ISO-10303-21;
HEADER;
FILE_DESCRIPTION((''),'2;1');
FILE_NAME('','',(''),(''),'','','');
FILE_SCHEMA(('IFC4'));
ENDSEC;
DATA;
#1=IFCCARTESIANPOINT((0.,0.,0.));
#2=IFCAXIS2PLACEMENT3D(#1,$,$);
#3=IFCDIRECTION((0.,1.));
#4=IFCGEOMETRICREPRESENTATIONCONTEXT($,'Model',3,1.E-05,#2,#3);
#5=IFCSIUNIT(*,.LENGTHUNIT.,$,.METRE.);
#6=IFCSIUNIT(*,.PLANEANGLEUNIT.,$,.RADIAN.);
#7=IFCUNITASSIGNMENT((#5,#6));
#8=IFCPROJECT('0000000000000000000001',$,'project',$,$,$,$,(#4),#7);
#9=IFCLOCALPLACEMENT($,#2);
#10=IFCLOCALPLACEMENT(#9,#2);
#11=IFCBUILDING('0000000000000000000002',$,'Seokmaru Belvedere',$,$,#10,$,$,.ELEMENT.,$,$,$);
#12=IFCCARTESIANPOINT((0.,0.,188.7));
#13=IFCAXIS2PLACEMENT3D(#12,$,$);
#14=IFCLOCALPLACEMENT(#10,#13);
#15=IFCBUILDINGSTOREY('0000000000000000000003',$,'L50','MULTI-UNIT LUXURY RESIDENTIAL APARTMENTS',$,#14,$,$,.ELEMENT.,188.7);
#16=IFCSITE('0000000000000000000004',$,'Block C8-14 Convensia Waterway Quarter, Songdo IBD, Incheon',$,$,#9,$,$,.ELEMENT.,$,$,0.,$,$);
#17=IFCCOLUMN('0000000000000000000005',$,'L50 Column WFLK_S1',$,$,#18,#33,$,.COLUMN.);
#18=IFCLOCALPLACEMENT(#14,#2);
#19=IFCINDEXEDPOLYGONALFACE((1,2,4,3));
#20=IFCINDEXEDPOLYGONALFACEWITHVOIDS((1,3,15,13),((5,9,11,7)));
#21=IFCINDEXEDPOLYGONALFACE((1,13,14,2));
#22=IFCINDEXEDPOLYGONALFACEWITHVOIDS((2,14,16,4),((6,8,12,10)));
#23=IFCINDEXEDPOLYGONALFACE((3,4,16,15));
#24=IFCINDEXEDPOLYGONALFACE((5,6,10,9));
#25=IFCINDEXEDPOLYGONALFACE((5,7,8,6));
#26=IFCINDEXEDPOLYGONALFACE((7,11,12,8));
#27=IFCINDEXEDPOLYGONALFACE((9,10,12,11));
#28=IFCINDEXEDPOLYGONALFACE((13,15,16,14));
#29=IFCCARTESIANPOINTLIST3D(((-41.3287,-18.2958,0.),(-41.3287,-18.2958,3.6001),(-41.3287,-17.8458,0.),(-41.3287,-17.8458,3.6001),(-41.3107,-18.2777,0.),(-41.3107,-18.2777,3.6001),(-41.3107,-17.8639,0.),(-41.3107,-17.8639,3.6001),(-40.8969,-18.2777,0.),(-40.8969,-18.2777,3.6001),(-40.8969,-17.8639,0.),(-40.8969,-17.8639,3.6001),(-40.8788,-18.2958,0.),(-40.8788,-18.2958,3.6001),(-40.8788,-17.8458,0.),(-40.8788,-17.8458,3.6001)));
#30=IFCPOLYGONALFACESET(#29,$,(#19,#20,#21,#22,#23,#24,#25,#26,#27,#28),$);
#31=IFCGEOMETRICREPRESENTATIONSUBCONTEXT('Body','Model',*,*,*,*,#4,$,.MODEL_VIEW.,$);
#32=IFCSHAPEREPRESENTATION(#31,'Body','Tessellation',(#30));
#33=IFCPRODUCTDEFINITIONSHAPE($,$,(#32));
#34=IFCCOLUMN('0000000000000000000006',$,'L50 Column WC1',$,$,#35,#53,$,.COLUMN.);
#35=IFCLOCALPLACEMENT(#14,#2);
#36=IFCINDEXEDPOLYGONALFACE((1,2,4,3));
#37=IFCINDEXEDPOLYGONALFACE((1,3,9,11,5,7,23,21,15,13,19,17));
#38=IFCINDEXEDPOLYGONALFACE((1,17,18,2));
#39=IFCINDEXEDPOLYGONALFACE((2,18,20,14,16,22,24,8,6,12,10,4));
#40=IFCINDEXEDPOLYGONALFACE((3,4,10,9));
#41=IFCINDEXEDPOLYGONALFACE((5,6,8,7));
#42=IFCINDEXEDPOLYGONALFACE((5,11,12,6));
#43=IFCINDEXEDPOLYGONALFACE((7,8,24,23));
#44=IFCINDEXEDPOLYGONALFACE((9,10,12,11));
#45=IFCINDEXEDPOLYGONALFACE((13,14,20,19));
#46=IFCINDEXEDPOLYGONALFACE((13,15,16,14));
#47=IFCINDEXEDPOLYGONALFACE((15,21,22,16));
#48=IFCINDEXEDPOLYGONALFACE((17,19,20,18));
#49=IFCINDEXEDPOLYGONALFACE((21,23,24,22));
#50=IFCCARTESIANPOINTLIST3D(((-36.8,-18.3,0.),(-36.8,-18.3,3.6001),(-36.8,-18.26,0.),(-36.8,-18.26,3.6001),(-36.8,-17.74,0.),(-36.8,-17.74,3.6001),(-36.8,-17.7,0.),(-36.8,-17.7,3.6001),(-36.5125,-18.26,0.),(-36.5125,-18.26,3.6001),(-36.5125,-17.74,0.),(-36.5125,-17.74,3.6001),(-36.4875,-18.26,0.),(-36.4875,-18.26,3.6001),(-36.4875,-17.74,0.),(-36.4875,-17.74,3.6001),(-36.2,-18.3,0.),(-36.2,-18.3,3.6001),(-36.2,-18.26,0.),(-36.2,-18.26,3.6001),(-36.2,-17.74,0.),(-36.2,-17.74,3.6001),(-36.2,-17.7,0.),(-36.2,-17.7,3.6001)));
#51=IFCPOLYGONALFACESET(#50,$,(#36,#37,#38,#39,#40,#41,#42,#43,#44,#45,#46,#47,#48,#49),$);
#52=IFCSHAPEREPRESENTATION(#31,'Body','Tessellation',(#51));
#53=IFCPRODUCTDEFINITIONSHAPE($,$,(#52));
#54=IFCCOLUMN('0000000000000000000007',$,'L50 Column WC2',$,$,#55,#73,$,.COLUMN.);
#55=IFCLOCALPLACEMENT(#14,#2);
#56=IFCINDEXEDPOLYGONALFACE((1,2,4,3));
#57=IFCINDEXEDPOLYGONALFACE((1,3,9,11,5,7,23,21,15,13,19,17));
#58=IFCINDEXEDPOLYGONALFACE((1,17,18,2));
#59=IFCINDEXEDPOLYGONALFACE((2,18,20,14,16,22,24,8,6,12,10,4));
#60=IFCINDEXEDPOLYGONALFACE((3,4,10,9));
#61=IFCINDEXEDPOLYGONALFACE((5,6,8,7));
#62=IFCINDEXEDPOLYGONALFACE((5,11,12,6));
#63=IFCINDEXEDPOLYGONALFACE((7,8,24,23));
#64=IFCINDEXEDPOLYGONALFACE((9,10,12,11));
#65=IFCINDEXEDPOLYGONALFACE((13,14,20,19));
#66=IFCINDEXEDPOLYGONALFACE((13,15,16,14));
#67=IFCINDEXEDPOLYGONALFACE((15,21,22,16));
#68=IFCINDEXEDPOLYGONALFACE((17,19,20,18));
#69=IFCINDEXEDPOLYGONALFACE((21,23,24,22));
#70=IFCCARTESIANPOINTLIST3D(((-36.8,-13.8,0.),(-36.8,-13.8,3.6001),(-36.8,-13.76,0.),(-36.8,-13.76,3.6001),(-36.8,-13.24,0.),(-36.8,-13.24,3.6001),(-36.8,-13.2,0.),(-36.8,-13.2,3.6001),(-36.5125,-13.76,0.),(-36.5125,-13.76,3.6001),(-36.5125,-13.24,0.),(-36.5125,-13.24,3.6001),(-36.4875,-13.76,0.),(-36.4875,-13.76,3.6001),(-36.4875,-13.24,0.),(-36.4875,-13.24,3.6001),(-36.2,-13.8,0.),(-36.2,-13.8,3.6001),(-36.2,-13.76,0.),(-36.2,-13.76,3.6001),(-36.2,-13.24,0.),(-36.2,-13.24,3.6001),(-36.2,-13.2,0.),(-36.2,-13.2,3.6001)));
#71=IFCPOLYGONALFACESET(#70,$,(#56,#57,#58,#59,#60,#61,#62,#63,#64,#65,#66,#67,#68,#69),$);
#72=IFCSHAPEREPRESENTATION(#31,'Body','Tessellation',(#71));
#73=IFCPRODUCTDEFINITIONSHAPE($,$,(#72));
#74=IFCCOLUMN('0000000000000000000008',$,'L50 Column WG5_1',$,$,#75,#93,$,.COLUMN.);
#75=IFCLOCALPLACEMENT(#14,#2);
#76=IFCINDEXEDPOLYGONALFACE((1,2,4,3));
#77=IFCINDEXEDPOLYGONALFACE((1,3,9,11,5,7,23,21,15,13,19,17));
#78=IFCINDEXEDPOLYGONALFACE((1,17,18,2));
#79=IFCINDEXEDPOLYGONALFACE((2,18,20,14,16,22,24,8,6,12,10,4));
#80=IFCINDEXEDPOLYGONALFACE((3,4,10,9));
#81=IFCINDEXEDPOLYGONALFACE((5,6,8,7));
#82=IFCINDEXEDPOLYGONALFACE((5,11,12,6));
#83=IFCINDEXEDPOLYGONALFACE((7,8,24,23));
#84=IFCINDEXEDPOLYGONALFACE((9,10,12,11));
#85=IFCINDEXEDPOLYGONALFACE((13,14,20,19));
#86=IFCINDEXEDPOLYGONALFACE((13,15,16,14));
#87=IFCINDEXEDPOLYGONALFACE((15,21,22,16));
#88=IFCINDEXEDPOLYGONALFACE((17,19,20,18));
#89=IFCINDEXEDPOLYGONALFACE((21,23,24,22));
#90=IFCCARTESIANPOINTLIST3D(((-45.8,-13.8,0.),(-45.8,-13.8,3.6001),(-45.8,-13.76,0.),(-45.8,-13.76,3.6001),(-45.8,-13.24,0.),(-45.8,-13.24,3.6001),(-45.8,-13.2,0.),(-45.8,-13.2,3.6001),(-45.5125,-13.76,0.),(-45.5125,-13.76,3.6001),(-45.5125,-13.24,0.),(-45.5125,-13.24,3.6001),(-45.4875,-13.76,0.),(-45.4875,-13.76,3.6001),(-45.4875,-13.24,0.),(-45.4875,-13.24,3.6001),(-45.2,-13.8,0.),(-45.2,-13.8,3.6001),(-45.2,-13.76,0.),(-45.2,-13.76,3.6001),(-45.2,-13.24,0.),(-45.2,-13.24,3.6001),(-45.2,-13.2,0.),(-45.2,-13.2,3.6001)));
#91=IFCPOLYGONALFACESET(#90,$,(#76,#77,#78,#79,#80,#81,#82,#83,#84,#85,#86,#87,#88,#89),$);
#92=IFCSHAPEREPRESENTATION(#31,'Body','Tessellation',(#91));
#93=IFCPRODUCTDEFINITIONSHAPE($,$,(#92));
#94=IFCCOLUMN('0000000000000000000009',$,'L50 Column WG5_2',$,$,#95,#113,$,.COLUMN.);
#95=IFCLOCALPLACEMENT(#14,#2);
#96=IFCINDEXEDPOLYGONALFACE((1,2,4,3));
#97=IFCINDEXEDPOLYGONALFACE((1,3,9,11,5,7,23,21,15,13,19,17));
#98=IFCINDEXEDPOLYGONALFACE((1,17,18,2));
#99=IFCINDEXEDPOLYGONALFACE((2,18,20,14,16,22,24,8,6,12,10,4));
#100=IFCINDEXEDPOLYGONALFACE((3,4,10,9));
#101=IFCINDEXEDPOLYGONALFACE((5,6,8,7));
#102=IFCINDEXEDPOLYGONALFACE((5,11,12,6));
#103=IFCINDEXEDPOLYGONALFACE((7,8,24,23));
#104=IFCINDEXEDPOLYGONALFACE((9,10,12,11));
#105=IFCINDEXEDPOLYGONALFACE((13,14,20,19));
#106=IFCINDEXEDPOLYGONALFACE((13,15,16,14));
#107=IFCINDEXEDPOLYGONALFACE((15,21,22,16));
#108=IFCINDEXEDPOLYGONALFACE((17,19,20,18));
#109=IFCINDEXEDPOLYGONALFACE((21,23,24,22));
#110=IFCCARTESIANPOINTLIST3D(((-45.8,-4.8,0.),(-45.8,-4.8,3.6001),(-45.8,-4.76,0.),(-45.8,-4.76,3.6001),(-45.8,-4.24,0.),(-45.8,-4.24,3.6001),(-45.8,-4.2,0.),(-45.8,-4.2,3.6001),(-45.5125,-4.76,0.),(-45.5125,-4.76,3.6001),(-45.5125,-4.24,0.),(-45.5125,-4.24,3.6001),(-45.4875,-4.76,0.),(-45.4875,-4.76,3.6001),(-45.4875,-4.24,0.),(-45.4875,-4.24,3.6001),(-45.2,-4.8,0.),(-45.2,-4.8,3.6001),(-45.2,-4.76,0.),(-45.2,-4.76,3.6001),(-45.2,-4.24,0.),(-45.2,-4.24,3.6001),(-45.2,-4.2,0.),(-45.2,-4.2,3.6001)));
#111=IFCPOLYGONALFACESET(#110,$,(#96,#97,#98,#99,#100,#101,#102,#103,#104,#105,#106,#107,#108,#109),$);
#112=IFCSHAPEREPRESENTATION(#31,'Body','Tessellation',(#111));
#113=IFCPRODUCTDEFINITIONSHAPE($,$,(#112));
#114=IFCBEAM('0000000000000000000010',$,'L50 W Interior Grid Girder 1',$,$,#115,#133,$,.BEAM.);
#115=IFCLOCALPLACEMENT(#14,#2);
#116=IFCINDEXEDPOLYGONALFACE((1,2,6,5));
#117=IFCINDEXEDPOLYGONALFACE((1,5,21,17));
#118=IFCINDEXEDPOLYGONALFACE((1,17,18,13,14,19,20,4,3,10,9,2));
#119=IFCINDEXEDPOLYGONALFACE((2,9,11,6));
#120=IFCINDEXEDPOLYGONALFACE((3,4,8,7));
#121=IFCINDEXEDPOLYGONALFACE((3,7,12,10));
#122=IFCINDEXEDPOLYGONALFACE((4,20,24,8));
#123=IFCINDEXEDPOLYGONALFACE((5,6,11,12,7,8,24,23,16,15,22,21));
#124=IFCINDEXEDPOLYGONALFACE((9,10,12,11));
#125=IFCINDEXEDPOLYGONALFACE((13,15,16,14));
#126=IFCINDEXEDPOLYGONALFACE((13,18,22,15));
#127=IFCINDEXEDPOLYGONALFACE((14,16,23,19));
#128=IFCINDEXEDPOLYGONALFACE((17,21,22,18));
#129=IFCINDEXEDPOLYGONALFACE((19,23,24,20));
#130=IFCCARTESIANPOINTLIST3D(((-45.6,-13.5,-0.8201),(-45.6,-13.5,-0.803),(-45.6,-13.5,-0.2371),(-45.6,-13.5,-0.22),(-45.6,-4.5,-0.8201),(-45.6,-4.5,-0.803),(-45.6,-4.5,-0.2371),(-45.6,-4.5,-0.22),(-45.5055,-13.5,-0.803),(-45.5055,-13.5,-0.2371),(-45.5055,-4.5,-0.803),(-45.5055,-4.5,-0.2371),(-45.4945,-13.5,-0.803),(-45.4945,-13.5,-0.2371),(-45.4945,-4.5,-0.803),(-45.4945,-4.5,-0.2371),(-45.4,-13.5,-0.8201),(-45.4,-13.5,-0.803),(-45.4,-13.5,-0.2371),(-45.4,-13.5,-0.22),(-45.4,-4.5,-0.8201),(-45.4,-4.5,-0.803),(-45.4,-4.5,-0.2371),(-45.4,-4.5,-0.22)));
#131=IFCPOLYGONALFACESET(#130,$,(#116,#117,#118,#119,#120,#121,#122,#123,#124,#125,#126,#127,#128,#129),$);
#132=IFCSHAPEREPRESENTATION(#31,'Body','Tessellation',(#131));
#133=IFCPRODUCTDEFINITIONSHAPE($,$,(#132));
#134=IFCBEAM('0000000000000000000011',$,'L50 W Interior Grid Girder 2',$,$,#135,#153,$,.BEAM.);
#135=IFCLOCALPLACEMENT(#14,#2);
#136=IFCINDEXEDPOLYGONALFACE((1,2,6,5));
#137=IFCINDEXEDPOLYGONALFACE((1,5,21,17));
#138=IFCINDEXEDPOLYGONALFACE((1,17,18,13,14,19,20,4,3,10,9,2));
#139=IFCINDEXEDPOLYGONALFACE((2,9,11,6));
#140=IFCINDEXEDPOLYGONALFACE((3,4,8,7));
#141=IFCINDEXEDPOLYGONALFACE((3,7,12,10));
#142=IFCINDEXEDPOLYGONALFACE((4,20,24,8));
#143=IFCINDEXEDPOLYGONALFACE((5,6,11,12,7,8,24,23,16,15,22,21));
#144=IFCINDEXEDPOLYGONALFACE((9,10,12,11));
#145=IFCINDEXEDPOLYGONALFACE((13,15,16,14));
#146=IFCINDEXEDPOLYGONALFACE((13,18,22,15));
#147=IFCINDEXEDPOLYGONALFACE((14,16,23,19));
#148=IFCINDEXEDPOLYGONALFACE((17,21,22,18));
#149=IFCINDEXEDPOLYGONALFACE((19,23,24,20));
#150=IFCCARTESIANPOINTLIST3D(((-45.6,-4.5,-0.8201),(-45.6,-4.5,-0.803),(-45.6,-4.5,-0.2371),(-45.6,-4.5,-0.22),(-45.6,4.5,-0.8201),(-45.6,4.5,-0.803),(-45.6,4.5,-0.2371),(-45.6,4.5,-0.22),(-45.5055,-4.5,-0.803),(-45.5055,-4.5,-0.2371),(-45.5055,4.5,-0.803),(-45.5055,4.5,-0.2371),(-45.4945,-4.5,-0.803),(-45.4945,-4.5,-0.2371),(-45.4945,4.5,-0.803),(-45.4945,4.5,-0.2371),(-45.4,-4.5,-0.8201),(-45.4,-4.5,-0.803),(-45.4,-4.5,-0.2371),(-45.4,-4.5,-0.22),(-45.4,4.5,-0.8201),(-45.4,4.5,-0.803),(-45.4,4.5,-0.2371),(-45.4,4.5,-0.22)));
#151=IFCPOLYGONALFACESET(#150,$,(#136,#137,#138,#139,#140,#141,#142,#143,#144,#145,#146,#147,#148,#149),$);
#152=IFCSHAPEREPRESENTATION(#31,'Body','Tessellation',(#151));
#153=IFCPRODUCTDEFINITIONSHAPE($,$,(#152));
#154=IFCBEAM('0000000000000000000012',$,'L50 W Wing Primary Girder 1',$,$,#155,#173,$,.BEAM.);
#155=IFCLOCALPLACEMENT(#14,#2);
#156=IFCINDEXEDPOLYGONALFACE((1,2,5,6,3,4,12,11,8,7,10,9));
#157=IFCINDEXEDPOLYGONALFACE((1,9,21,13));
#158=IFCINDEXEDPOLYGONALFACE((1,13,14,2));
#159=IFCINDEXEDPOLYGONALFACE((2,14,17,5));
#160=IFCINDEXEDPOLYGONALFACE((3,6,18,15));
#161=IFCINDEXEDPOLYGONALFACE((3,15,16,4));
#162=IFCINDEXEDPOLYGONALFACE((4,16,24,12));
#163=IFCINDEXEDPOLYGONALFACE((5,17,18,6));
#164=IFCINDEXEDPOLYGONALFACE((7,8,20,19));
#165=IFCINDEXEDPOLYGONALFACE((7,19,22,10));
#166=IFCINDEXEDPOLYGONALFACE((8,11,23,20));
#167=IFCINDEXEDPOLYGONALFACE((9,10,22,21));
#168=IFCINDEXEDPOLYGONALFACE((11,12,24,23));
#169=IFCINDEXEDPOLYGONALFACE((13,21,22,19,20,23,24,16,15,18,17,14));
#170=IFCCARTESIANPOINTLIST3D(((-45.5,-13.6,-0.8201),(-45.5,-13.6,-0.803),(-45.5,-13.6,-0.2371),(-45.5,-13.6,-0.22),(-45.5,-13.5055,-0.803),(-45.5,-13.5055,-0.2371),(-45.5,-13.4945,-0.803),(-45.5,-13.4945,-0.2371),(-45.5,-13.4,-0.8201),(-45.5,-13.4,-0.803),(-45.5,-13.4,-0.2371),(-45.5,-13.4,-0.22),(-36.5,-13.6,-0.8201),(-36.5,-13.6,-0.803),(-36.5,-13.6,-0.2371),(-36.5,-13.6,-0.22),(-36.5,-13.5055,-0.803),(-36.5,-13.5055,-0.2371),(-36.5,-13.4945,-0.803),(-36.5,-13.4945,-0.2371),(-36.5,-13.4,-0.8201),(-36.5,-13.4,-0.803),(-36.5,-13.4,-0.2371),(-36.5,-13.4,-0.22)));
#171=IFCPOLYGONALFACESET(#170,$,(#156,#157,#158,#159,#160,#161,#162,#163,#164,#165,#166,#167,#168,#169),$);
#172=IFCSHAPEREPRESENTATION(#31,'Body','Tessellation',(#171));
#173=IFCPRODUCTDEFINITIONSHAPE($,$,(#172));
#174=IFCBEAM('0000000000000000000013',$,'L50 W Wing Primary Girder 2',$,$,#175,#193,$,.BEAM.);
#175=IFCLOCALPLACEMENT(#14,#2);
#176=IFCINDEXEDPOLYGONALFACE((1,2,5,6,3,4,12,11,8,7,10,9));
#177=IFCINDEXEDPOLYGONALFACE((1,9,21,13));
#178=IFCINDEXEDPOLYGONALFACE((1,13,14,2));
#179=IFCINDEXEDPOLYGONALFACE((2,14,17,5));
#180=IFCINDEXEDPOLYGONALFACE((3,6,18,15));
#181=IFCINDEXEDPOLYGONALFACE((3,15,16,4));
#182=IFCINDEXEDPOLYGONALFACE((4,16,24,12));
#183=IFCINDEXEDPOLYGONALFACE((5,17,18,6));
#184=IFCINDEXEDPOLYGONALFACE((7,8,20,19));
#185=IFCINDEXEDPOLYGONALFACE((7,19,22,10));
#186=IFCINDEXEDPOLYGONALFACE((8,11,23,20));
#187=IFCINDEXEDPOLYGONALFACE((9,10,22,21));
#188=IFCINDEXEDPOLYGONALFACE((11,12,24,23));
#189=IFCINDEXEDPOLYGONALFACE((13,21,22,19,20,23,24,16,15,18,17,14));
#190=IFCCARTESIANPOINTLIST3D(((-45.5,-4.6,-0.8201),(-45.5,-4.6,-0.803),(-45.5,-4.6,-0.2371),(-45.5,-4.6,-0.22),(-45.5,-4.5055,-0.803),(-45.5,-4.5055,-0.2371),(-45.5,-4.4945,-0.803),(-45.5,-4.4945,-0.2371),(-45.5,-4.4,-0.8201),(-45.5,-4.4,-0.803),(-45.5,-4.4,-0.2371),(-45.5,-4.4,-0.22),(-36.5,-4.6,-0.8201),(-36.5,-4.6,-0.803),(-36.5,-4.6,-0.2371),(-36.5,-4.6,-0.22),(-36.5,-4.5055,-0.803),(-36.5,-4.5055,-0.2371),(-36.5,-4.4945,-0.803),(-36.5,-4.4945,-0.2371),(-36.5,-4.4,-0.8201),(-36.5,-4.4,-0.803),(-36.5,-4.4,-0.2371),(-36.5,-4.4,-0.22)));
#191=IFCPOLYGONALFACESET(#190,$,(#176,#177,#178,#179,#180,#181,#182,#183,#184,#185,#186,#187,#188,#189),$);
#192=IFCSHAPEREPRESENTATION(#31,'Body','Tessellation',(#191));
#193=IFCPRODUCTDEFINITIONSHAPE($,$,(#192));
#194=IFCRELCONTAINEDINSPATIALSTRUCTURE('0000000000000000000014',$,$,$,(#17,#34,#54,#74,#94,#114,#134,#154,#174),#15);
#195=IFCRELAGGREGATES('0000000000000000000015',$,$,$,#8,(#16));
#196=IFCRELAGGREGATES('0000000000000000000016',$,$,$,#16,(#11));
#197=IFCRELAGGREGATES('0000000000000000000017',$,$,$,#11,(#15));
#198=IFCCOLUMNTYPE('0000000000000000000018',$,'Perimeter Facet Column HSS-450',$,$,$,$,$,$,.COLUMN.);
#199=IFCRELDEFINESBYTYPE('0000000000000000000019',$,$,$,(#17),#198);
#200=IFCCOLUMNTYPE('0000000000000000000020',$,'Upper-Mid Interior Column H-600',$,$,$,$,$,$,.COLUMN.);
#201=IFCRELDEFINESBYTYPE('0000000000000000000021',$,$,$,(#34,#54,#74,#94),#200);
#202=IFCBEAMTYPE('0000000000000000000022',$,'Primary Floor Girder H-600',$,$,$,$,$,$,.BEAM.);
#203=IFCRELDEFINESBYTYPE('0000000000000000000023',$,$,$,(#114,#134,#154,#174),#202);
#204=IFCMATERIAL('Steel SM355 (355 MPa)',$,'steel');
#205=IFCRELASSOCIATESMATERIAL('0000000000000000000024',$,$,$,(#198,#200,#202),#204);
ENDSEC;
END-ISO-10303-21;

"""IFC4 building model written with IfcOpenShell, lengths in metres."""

from ifc_helpers import new_model, si_unit, direction, frame, origin, origin_2d, place, context, subcontext, project, spatial, hollow_rectangle, i_section, extrude, source, transform, mapped, material, material_profile, profile_set, type_object, type_shapes, element, save


model = new_model("IFC4")

# Units and contexts
model_context = context("Model", 3, precision=1e-05, world=origin(), true_north=direction((0.0, 1.0)))
body_context = subcontext(model_context, "Body", "Model", "MODEL_VIEW")
ifc_project = project(units=[si_unit("LENGTHUNIT", "METRE"), si_unit("PLANEANGLEUNIT", "RADIAN")], contexts=[model_context])

# Site, building, storey
site_placement = place(None, origin())
site = spatial("IfcSite", under=ifc_project, at=site_placement, Name="Block C8-14 Convensia Waterway Quarter, Songdo IBD, Incheon", CompositionType="ELEMENT", RefElevation=0.0)
building_placement = place(site_placement, origin())
building = spatial("IfcBuilding", under=site, at=building_placement, Name="Seokmaru Belvedere", CompositionType="ELEMENT")
storey_placement = place(building_placement, frame((0.0, 0.0, 188.7)))
storey = spatial("IfcBuildingStorey", under=building, at=storey_placement, Name="L50", Description="MULTI-UNIT LUXURY RESIDENTIAL APARTMENTS", CompositionType="ELEMENT", Elevation=188.7)

# Columns
ifc_material_1 = material(Name="Steel SM355 (355 MPa)", Category="steel")
ifc_material_profile_1 = material_profile(ifc_material_1, hollow_rectangle(XDim=0.45, YDim=0.45, WallThickness=0.0181, at=origin_2d()), Name="HSS-450x450x18")
ifc_profile_set_1 = profile_set([ifc_material_profile_1], Name="Steel SM355 (355 MPa)")
column_type_1 = type_object("IfcColumnType", Name="Perimeter Facet Column HSS-450", PredefinedType="COLUMN", material=ifc_profile_set_1)
shared_shape_1 = source(origin(), body_context, "Body", "SweptSolid", [
    extrude(hollow_rectangle(XDim=0.45, YDim=0.45, WallThickness=0.0181, at=origin_2d()), origin(), (0.0, 0.0, 1.0), 3.6001),
])
type_shapes(column_type_1, [shared_shape_1])
column_placement = place(storey_placement, frame((-41.1038, -18.0708, 0.0), z_axis=(0.0, 0.0, 1.0), x_axis=(1.0, 0.0, 0.0)))
element("IfcColumn", 1, at=column_placement, inside=storey, type_object=column_type_1, Name="L50 Column WFLK_S1", PredefinedType="COLUMN", context=body_context, shape_type="MappedRepresentation", body=[
    mapped(shared_shape_1, transform((0.0, 0.0, 0.0), scale=1.0)),
])
ifc_material_profile_2 = material_profile(ifc_material_1, i_section(OverallWidth=0.6001, OverallDepth=0.6001, WebThickness=0.0249, FlangeThickness=0.04, at=origin_2d()), Name="H-600x600x25x40")
ifc_profile_set_2 = profile_set([ifc_material_profile_2], Name="Steel SM355 (355 MPa)")
column_type_2 = type_object("IfcColumnType", Name="Upper-Mid Interior Column H-600", PredefinedType="COLUMN", material=ifc_profile_set_2)
shared_shape_2 = source(origin(), body_context, "Body", "SweptSolid", [
    extrude(i_section(OverallWidth=0.6001, OverallDepth=0.6001, WebThickness=0.0249, FlangeThickness=0.04, at=origin_2d()), origin(), (0.0, 0.0, 1.0), 3.6001),
])
type_shapes(column_type_2, [shared_shape_2])
for number, where, z_axis, x_axis, name in (
    (2, (-36.5, -18.0, 0.0), (0.0, 0.0, 1.0), (1.0, 0.0, 0.0), "L50 Column WC1"),
    (3, (-36.5, -13.5, 0.0), (0.0, 0.0, 1.0), (1.0, 0.0, 0.0), "L50 Column WC2"),
    (4, (-45.5, -13.5, 0.0), (0.0, 0.0, 1.0), (1.0, 0.0, 0.0), "L50 Column WG5_1"),
    (5, (-45.5, -4.5, 0.0), (0.0, 0.0, 1.0), (1.0, 0.0, 0.0), "L50 Column WG5_2"),
):
    element("IfcColumn", number, at=place(storey_placement, frame(where, z_axis=z_axis, x_axis=x_axis)), inside=storey, type_object=column_type_2, Name=name, PredefinedType="COLUMN", context=body_context, shape_type="MappedRepresentation", body=[
        mapped(shared_shape_2, transform((0.0, 0.0, 0.0), scale=1.0)),
    ])

# Beams
ifc_material_profile_3 = material_profile(ifc_material_1, i_section(OverallWidth=0.2, OverallDepth=0.6001, WebThickness=0.011, FlangeThickness=0.0171, at=origin_2d()), Name="H-600x200x11x17")
ifc_profile_set_3 = profile_set([ifc_material_profile_3], Name="Steel SM355 (355 MPa)")
beam_type_1 = type_object("IfcBeamType", Name="Primary Floor Girder H-600", PredefinedType="BEAM", material=ifc_profile_set_3)
shared_shape_3 = source(origin(), body_context, "Body", "SweptSolid", [
    extrude(i_section(OverallWidth=0.2, OverallDepth=0.6001, WebThickness=0.011, FlangeThickness=0.0171, at=origin_2d()), origin(), (0.0, 0.0, 1.0), 9.0),
])
for number, where, z_axis, x_axis, name in (
    (6, (-45.5, -13.5, -0.52), (0.0, 1.0, 0.0), (-1.0, 0.0, 0.0), "L50 W Interior Grid Girder 1"),
    (7, (-45.5, -4.5, -0.52), (0.0, 1.0, 0.0), (-1.0, 0.0, 0.0), "L50 W Interior Grid Girder 2"),
    (8, (-45.5, -13.5, -0.52), (1.0, 0.0, 0.0), (0.0, 1.0, 0.0), "L50 W Wing Primary Girder 1"),
    (9, (-45.5, -4.5, -0.52), (1.0, 0.0, 0.0), (0.0, 1.0, 0.0), "L50 W Wing Primary Girder 2"),
):
    element("IfcBeam", number, at=place(storey_placement, frame(where, z_axis=z_axis, x_axis=x_axis)), inside=storey, type_object=beam_type_1, Name=name, PredefinedType="BEAM", context=body_context, shape_type="MappedRepresentation", body=[
        mapped(shared_shape_3, transform((0.0, 0.0, 0.0), scale=1.0)),
    ])

save(model, "model.ifc")
